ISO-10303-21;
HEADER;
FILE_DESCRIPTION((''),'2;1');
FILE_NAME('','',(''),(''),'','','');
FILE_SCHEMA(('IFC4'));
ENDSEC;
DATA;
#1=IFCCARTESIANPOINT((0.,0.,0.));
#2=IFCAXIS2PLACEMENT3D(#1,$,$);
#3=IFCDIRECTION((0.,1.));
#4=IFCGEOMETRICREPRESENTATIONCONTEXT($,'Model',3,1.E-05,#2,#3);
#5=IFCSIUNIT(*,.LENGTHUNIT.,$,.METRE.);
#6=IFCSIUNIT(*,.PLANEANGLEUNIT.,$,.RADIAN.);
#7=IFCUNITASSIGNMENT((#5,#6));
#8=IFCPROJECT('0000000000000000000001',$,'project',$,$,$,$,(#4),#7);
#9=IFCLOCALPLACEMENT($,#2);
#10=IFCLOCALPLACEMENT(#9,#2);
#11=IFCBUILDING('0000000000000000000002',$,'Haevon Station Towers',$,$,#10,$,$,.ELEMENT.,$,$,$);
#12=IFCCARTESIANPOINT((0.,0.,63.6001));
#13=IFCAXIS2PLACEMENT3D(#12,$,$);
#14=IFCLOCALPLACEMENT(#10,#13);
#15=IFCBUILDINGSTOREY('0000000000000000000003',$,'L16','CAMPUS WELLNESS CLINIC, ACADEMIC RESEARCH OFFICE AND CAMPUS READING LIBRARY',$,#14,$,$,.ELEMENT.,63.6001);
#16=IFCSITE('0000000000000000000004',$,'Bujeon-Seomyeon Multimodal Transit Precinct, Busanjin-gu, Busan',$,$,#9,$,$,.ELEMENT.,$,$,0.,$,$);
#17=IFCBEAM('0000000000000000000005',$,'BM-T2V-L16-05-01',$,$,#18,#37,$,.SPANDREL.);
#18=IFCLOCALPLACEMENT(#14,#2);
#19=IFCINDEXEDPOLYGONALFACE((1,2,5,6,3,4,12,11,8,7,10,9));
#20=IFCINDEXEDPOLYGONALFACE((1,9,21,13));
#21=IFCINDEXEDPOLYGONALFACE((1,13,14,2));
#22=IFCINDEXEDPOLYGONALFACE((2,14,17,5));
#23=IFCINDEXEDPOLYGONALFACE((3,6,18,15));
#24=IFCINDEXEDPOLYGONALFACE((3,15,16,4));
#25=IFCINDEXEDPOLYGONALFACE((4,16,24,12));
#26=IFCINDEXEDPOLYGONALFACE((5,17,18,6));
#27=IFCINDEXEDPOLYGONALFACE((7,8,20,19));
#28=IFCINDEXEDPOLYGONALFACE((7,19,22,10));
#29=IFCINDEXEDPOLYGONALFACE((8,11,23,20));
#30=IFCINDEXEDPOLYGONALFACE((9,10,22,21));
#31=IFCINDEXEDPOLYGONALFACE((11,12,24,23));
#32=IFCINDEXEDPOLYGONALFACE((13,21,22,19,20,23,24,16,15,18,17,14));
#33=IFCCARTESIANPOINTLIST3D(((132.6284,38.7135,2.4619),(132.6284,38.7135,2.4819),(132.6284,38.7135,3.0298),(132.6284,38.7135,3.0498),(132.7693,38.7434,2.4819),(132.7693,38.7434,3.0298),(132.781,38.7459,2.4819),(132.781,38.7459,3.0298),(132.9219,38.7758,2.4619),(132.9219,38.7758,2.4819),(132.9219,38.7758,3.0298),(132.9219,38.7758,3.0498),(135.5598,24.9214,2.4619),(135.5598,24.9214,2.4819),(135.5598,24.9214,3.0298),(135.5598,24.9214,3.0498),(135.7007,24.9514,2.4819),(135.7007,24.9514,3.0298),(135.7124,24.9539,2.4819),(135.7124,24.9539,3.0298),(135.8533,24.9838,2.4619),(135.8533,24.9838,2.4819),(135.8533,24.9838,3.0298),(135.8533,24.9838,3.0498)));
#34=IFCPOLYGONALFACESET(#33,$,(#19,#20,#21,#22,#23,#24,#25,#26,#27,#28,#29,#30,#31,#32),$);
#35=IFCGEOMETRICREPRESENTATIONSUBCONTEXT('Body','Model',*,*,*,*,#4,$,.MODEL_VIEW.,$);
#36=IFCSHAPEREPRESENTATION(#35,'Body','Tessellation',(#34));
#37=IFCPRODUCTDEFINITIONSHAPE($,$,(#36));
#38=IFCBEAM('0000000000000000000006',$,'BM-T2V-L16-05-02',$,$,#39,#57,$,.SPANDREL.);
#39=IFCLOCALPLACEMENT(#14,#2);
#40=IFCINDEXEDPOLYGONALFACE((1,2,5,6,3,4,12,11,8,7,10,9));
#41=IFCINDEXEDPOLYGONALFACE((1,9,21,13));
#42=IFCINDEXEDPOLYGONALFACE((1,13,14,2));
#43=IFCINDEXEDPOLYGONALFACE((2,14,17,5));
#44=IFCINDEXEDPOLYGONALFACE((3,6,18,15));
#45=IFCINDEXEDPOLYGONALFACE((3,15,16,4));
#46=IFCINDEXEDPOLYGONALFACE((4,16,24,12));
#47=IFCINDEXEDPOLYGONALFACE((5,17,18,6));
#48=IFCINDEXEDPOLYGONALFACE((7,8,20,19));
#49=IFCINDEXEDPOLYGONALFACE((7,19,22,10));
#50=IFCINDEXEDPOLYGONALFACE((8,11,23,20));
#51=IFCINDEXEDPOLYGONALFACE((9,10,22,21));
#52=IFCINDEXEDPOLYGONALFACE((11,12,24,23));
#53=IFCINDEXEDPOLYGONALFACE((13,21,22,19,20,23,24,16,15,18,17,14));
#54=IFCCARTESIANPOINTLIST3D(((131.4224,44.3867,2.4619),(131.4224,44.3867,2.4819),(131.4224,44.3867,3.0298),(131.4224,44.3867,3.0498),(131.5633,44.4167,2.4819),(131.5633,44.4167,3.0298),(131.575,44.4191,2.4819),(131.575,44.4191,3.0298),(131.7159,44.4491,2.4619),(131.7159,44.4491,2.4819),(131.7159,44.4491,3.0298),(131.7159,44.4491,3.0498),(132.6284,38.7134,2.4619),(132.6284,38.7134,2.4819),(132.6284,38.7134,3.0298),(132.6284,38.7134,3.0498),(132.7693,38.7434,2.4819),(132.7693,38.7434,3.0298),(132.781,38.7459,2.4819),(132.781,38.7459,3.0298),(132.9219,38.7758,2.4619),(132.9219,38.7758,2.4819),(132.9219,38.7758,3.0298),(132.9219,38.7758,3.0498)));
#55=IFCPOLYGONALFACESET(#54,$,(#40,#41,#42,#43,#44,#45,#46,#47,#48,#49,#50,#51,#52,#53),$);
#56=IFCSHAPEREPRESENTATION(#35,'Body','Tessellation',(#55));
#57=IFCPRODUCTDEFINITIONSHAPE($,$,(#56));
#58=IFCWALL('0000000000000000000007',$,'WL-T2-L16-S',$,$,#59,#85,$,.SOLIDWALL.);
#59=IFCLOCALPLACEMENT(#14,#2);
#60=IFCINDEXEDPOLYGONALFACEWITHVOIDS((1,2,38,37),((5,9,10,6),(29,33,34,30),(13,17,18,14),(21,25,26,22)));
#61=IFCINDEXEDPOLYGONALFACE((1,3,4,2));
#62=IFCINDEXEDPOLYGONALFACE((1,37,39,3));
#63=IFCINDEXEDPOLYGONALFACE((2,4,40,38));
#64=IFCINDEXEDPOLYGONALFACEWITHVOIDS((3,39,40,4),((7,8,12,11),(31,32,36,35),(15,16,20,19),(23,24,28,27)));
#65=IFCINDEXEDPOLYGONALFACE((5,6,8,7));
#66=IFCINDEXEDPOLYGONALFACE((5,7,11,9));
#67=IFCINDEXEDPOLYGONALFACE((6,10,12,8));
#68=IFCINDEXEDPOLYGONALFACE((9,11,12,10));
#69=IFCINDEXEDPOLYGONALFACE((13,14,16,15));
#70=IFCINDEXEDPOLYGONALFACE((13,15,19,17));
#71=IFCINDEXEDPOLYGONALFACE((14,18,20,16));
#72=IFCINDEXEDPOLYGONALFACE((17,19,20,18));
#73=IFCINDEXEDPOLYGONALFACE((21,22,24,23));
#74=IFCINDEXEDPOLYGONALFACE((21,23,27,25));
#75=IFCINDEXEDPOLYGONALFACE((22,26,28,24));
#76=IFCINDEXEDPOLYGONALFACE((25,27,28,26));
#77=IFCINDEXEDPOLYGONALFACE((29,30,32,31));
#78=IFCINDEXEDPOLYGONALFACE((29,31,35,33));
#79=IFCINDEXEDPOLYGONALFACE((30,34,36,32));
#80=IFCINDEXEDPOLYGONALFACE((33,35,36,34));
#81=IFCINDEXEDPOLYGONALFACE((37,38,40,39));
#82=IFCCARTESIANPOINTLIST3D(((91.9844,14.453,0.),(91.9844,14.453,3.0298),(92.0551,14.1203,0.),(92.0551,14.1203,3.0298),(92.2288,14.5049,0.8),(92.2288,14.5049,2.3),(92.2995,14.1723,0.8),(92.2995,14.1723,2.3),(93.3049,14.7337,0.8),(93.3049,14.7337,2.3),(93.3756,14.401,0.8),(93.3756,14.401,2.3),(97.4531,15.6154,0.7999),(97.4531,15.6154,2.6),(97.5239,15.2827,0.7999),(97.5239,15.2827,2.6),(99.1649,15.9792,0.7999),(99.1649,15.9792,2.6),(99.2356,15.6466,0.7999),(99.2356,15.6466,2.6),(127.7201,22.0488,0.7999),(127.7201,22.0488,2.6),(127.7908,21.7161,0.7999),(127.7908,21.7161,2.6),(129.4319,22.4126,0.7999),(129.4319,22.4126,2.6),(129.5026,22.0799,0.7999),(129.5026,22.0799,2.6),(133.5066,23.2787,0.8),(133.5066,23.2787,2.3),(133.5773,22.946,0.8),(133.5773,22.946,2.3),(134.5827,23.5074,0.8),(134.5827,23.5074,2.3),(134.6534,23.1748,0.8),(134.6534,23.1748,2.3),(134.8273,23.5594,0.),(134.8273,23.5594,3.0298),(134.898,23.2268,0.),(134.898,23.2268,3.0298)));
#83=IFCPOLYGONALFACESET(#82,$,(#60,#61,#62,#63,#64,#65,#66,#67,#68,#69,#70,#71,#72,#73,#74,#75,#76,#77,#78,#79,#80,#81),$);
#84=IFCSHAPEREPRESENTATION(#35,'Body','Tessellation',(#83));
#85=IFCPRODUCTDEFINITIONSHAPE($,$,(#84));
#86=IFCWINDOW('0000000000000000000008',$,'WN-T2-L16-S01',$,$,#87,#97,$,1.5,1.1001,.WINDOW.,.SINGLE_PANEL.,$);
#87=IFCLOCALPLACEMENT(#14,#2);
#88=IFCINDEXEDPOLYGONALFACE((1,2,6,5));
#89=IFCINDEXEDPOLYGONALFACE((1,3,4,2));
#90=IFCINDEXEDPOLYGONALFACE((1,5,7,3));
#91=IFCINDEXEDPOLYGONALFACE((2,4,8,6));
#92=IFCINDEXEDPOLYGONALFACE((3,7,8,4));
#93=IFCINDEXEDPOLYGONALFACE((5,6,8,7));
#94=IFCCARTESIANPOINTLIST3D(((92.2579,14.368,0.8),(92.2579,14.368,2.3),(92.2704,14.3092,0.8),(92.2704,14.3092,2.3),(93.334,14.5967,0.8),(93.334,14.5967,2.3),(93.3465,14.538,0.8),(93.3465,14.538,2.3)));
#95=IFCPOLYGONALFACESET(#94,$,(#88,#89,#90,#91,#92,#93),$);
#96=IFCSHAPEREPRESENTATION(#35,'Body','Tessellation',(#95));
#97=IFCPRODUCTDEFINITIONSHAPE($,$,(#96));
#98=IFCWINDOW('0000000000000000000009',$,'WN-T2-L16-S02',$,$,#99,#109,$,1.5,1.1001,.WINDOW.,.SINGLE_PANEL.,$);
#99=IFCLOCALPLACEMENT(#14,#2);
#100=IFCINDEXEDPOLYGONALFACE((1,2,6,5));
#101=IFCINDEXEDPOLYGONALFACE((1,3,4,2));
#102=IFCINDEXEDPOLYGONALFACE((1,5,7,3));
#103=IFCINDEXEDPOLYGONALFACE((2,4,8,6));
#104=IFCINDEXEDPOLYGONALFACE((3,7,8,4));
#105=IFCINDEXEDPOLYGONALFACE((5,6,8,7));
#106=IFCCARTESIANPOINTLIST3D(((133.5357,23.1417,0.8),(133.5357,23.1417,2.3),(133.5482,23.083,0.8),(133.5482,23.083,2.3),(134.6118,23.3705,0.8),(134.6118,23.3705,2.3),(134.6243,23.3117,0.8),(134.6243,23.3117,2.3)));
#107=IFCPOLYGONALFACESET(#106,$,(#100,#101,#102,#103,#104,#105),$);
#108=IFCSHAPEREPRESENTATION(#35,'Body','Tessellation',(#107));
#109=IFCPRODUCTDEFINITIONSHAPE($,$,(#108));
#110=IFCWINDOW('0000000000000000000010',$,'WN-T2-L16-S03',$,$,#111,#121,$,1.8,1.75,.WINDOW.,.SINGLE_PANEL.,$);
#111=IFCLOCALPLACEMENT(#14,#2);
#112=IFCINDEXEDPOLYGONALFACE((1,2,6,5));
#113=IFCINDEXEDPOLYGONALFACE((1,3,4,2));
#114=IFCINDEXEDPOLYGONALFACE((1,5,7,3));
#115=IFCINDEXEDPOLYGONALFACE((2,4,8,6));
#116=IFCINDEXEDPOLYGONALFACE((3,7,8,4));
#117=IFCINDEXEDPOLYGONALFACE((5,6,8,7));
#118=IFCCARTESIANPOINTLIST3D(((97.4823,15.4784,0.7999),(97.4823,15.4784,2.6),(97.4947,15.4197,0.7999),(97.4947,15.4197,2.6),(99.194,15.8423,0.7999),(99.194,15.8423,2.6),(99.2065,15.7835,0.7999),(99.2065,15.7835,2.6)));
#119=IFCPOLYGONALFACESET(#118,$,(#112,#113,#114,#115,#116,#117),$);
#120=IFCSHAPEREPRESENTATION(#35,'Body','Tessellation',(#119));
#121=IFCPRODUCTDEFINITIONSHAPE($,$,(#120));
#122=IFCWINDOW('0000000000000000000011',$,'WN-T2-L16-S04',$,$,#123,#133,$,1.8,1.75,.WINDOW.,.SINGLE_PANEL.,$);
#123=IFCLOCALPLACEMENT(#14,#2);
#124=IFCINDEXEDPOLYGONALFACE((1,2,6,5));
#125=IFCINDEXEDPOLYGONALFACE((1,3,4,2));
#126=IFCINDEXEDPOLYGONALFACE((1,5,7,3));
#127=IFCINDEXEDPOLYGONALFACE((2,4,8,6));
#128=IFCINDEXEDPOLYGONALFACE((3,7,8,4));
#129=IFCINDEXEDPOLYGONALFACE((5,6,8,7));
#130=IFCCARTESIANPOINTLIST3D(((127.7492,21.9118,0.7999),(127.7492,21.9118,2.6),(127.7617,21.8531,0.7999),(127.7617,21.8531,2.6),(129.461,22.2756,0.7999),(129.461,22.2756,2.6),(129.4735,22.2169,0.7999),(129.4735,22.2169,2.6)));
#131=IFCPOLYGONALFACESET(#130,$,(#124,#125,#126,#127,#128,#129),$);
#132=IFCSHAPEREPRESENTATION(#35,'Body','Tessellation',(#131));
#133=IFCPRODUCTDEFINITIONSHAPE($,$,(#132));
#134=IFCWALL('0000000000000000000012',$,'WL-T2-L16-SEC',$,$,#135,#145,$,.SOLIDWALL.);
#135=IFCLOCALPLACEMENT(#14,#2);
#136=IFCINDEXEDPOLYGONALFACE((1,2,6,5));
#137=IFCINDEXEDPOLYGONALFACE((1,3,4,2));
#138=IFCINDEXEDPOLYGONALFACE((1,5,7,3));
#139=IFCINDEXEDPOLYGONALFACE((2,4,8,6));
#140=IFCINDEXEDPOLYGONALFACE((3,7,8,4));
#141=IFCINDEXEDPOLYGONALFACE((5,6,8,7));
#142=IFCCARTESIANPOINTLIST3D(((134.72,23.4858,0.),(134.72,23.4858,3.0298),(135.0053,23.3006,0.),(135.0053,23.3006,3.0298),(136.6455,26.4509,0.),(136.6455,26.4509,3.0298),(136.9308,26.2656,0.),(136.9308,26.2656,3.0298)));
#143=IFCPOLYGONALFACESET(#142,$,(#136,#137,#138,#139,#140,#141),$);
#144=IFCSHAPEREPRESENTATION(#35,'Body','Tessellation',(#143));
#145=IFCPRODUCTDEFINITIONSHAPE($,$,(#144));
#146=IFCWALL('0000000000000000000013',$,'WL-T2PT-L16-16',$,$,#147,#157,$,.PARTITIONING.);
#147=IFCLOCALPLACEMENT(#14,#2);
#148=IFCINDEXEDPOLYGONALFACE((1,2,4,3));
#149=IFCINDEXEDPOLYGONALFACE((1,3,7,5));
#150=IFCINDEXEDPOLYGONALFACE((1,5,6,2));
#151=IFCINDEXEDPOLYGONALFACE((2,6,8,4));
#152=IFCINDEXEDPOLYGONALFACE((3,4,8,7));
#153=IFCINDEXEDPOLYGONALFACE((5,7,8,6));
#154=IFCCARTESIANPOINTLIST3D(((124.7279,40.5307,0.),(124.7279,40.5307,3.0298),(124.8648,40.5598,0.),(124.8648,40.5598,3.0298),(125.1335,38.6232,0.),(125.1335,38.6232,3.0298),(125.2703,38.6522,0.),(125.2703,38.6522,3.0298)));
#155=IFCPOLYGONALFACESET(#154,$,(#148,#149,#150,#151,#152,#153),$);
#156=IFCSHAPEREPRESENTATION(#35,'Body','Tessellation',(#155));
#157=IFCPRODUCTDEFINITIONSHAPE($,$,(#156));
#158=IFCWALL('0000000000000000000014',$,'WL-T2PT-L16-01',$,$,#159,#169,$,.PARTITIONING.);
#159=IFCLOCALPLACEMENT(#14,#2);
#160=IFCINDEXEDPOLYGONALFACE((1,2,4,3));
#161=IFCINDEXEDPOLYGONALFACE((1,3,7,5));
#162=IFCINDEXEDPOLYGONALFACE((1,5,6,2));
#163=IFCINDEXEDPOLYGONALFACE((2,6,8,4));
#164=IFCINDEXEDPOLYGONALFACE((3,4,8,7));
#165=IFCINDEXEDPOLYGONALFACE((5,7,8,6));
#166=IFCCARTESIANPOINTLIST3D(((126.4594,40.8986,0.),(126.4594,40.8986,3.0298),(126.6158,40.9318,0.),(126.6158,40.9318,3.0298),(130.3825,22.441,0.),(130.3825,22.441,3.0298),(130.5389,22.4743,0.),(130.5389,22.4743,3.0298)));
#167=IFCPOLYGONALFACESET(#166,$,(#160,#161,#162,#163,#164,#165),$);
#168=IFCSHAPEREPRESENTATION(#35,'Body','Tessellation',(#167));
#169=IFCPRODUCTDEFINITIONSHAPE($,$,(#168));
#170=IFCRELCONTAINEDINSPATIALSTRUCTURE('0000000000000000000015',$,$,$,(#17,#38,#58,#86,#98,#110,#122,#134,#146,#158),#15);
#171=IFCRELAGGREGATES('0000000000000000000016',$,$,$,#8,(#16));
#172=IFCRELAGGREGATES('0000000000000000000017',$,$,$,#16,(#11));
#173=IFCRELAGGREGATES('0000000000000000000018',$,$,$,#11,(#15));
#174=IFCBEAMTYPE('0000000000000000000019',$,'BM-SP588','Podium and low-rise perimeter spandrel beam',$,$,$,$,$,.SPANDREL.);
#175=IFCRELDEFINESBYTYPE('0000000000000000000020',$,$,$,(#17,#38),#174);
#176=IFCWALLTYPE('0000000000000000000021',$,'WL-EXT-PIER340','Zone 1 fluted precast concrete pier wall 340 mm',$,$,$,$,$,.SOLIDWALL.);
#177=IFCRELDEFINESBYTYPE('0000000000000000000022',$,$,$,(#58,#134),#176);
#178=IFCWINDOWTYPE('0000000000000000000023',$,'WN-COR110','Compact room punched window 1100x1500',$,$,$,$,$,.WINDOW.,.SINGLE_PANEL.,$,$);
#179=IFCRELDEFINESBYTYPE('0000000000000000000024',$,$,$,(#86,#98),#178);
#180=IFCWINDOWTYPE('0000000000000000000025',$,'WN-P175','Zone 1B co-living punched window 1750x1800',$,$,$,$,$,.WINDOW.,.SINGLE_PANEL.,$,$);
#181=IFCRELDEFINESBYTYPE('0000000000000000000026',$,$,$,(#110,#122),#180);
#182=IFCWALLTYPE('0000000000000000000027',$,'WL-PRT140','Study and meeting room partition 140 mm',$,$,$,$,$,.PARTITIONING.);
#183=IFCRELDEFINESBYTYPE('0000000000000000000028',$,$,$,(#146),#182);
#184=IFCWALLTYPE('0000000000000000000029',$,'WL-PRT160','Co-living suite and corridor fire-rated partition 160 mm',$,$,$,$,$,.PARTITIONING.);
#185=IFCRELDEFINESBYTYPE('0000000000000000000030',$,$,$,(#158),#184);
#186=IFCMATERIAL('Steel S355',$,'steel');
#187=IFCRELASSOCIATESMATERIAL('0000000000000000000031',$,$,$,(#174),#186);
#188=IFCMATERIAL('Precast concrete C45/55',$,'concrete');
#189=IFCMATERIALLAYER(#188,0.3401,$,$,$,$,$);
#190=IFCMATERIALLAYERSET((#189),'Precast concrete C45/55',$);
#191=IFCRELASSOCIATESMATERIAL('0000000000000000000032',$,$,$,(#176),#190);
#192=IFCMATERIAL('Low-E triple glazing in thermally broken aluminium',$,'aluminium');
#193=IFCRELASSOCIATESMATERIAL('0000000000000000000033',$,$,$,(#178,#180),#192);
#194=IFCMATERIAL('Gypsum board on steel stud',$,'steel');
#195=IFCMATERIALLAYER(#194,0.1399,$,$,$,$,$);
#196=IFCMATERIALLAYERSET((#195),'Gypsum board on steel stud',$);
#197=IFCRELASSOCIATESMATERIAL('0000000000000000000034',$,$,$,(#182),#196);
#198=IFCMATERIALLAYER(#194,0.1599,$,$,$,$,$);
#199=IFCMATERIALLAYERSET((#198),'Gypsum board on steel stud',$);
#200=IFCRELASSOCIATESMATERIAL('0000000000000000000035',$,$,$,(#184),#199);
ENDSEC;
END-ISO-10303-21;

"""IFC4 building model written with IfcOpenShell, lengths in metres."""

from ifc_helpers import new_model, si_unit, direction, frame, frame_2d, origin, origin_2d, place, context, subcontext, project, spatial, rectangle, i_section, extrude, material, layer, layer_set, material_profile, profile_set, type_object, element, fill, save


model = new_model("IFC4")

# Units and contexts
model_context = context("Model", 3, precision=1e-05, world=origin(), true_north=direction((0.0, 1.0)))
body_context = subcontext(model_context, "Body", "Model", "MODEL_VIEW")
ifc_project = project(units=[si_unit("LENGTHUNIT", "METRE"), si_unit("PLANEANGLEUNIT", "RADIAN")], contexts=[model_context])

# Site, building, storey
site_placement = place(None, origin())
site = spatial("IfcSite", under=ifc_project, at=site_placement, Name="Bujeon-Seomyeon Multimodal Transit Precinct, Busanjin-gu, Busan", CompositionType="ELEMENT", RefElevation=0.0)
building_placement = place(site_placement, origin())
building = spatial("IfcBuilding", under=site, at=building_placement, Name="Haevon Station Towers", CompositionType="ELEMENT")
storey_placement = place(building_placement, frame((0.0, 0.0, 63.6001)))
storey = spatial("IfcBuildingStorey", under=building, at=storey_placement, Name="L16", Description="CAMPUS WELLNESS CLINIC, ACADEMIC RESEARCH OFFICE AND CAMPUS READING LIBRARY", CompositionType="ELEMENT", Elevation=63.6001)

# Beams
ifc_material_1 = material(Name="Steel S355", Category="steel")
ifc_material_profile_1 = material_profile(ifc_material_1, i_section(OverallWidth=0.3, OverallDepth=0.5879, WebThickness=0.012, FlangeThickness=0.02, at=origin_2d()), Name="H-588x300x12x20")
ifc_profile_set_1 = profile_set([ifc_material_profile_1], Name="Steel S355")
beam_type_1 = type_object("IfcBeamType", Name="BM-SP588", Description="Podium and low-rise perimeter spandrel beam", PredefinedType="SPANDREL", material=ifc_profile_set_1)
beam_1_placement = place(storey_placement, frame((135.7065, 24.9526, 2.7559), z_axis=(-0.207899, 0.97815, 0.0), x_axis=(-0.97815, -0.207899, 0.0)))
element("IfcBeam", 1, at=beam_1_placement, inside=storey, type_object=beam_type_1, Name="BM-T2V-L16-05-01", PredefinedType="SPANDREL", context=body_context, shape_type="SweptSolid", body=[
    extrude(i_section(OverallWidth=0.3, OverallDepth=0.5879, WebThickness=0.012, FlangeThickness=0.02, at=origin_2d()), origin(), (0.0, 0.0, 1.0), 14.1001),
])
beam_2_placement = place(storey_placement, frame((132.7751, 38.7446, 2.7559), z_axis=(-0.207936, 0.978142, 0.0), x_axis=(-0.978142, -0.207936, 0.0)))
element("IfcBeam", 2, at=beam_2_placement, inside=storey, type_object=beam_type_1, Name="BM-T2V-L16-05-02", PredefinedType="SPANDREL", context=body_context, shape_type="SweptSolid", body=[
    extrude(i_section(OverallWidth=0.3, OverallDepth=0.5879, WebThickness=0.012, FlangeThickness=0.02, at=origin_2d()), origin(), (0.0, 0.0, 1.0), 5.8),
])

# Wall, openings, windows
ifc_material_2 = material(Name="Precast concrete C45/55", Category="concrete")
ifc_layer_1 = layer(ifc_material_2, 0.3401)
ifc_layer_set_1 = layer_set([ifc_layer_1], Name="Precast concrete C45/55")
wall_type_1 = type_object("IfcWallType", Name="WL-EXT-PIER340", Description="Zone 1 fluted precast concrete pier wall 340 mm", PredefinedType="SOLIDWALL", material=ifc_layer_set_1)
wall_1_placement = place(storey_placement, frame((134.8625, 23.3931, 0.0), z_axis=(0.0, 0.0, 1.0), x_axis=(-0.978148, -0.207909, 0.0)))
wall_1 = element("IfcWall", 3, at=wall_1_placement, inside=storey, type_object=wall_type_1, Name="WL-T2-L16-S", PredefinedType="SOLIDWALL", context=body_context, shape_type="SweptSolid", body=[
    extrude(rectangle(XDim=43.8, YDim=0.3401, at=frame_2d((21.8999, 0.0))), origin(), (0.0, 0.0, 1.0), 3.0298),
])
opening_1_placement = place(wall_1_placement, frame((42.45, 0.0, 0.8)))
opening_1 = element("IfcOpeningElement", 4, at=opening_1_placement, cuts=wall_1, PredefinedType="OPENING", context=body_context, shape_type="SweptSolid", body=[
    extrude(rectangle(XDim=1.1001, YDim=1.5, at=frame_2d((0.55, 0.75))), frame((0.0, 0.1799, 0.0), z_axis=(0.0, -1.0, 0.0), x_axis=(1.0, 0.0, 0.0)), (0.0, 0.0, 1.0), 0.3601),
])
opening_2_placement = place(wall_1_placement, frame((0.25, 0.0, 0.8)))
opening_2 = element("IfcOpeningElement", 5, at=opening_2_placement, cuts=wall_1, PredefinedType="OPENING", context=body_context, shape_type="SweptSolid", body=[
    extrude(rectangle(XDim=1.1001, YDim=1.5, at=frame_2d((0.55, 0.75))), frame((0.0, 0.1799, 0.0), z_axis=(0.0, -1.0, 0.0), x_axis=(1.0, 0.0, 0.0)), (0.0, 0.0, 1.0), 0.3601),
])
opening_3_placement = place(wall_1_placement, frame((36.459, 0.0, 0.8)))
opening_3 = element("IfcOpeningElement", 6, at=opening_3_placement, cuts=wall_1, PredefinedType="OPENING", context=body_context, shape_type="SweptSolid", body=[
    extrude(rectangle(XDim=1.75, YDim=1.8, at=frame_2d((0.875, 0.8999))), frame((0.0, 0.1799, 0.0), z_axis=(0.0, -1.0, 0.0), x_axis=(1.0, 0.0, 0.0)), (0.0, 0.0, 1.0), 0.3601),
])
opening_4_placement = place(wall_1_placement, frame((5.5159, 0.0, 0.8)))
opening_4 = element("IfcOpeningElement", 7, at=opening_4_placement, cuts=wall_1, PredefinedType="OPENING", context=body_context, shape_type="SweptSolid", body=[
    extrude(rectangle(XDim=1.75, YDim=1.8, at=frame_2d((0.875, 0.8999))), frame((0.0, 0.1799, 0.0), z_axis=(0.0, -1.0, 0.0), x_axis=(1.0, 0.0, 0.0)), (0.0, 0.0, 1.0), 0.3601),
])
ifc_material_3 = material(Name="Low-E triple glazing in thermally broken aluminium", Category="aluminium")
window_type_1 = type_object("IfcWindowType", Name="WN-COR110", Description="Compact room punched window 1100x1500", PartitioningType="SINGLE_PANEL", PredefinedType="WINDOW", material=ifc_material_3)
window_1_placement = place(opening_1_placement, origin())
window_1 = element("IfcWindow", 8, at=window_1_placement, inside=storey, type_object=window_type_1, Name="WN-T2-L16-S01", OverallHeight=1.5, OverallWidth=1.1001, PartitioningType="SINGLE_PANEL", PredefinedType="WINDOW", context=body_context, shape_type="SweptSolid", body=[
    extrude(rectangle(XDim=1.1001, YDim=1.5, at=frame_2d((0.55, 0.75))), frame((0.0, 0.03, 0.0), z_axis=(0.0, -1.0, 0.0), x_axis=(1.0, 0.0, 0.0)), (0.0, 0.0, 1.0), 0.0601),
])
fill(opening_1, window_1)
window_2_placement = place(opening_2_placement, origin())
window_2 = element("IfcWindow", 9, at=window_2_placement, inside=storey, type_object=window_type_1, Name="WN-T2-L16-S02", OverallHeight=1.5, OverallWidth=1.1001, PartitioningType="SINGLE_PANEL", PredefinedType="WINDOW", context=body_context, shape_type="SweptSolid", body=[
    extrude(rectangle(XDim=1.1001, YDim=1.5, at=frame_2d((0.55, 0.75))), frame((0.0, 0.03, 0.0), z_axis=(0.0, -1.0, 0.0), x_axis=(1.0, 0.0, 0.0)), (0.0, 0.0, 1.0), 0.0601),
])
fill(opening_2, window_2)
window_type_2 = type_object("IfcWindowType", Name="WN-P175", Description="Zone 1B co-living punched window 1750x1800", PartitioningType="SINGLE_PANEL", PredefinedType="WINDOW", material=ifc_material_3)
window_3_placement = place(opening_3_placement, origin())
window_3 = element("IfcWindow", 10, at=window_3_placement, inside=storey, type_object=window_type_2, Name="WN-T2-L16-S03", OverallHeight=1.8, OverallWidth=1.75, PartitioningType="SINGLE_PANEL", PredefinedType="WINDOW", context=body_context, shape_type="SweptSolid", body=[
    extrude(rectangle(XDim=1.75, YDim=1.8, at=frame_2d((0.875, 0.8999))), frame((0.0, 0.03, 0.0), z_axis=(0.0, -1.0, 0.0), x_axis=(1.0, 0.0, 0.0)), (0.0, 0.0, 1.0), 0.0601),
])
fill(opening_3, window_3)
window_4_placement = place(opening_4_placement, origin())
window_4 = element("IfcWindow", 11, at=window_4_placement, inside=storey, type_object=window_type_2, Name="WN-T2-L16-S04", OverallHeight=1.8, OverallWidth=1.75, PartitioningType="SINGLE_PANEL", PredefinedType="WINDOW", context=body_context, shape_type="SweptSolid", body=[
    extrude(rectangle(XDim=1.75, YDim=1.8, at=frame_2d((0.875, 0.8999))), frame((0.0, 0.03, 0.0), z_axis=(0.0, -1.0, 0.0), x_axis=(1.0, 0.0, 0.0)), (0.0, 0.0, 1.0), 0.0601),
])
fill(opening_4, window_4)

# Walls
wall_2_placement = place(storey_placement, frame((136.7881, 26.3582, 0.0), z_axis=(0.0, 0.0, 1.0), x_axis=(-0.544636, -0.838672, 0.0)))
element("IfcWall", 12, at=wall_2_placement, inside=storey, type_object=wall_type_1, Name="WL-T2-L16-SEC", PredefinedType="SOLIDWALL", context=body_context, shape_type="SweptSolid", body=[
    extrude(rectangle(XDim=3.5354, YDim=0.3401, at=frame_2d((1.7676, 0.0))), origin(), (0.0, 0.0, 1.0), 3.0298),
])
ifc_material_4 = material(Name="Gypsum board on steel stud", Category="steel")
ifc_layer_2 = layer(ifc_material_4, 0.1399)
ifc_layer_set_2 = layer_set([ifc_layer_2], Name="Gypsum board on steel stud")
wall_type_2 = type_object("IfcWallType", Name="WL-PRT140", Description="Study and meeting room partition 140 mm", PredefinedType="PARTITIONING", material=ifc_layer_set_2)
wall_3_placement = place(storey_placement, frame((125.2019, 38.6377, 0.0), z_axis=(0.0, 0.0, 1.0), x_axis=(-0.207947, 0.97814, 0.0)))
element("IfcWall", 13, at=wall_3_placement, inside=storey, type_object=wall_type_2, Name="WL-T2PT-L16-16", PredefinedType="PARTITIONING", context=body_context, shape_type="SweptSolid", body=[
    extrude(rectangle(XDim=1.9502, YDim=0.1399, at=frame_2d((0.9751, 0.0))), origin(), (0.0, 0.0, 1.0), 3.0298),
])
ifc_layer_3 = layer(ifc_material_4, 0.1599)
ifc_layer_set_3 = layer_set([ifc_layer_3], Name="Gypsum board on steel stud")
wall_type_3 = type_object("IfcWallType", Name="WL-PRT160", Description="Co-living suite and corridor fire-rated partition 160 mm", PredefinedType="PARTITIONING", material=ifc_layer_set_3)
wall_4_placement = place(storey_placement, frame((130.4607, 22.4575, 0.0), z_axis=(0.0, 0.0, 1.0), x_axis=(-0.207903, 0.978149, 0.0)))
element("IfcWall", 14, at=wall_4_placement, inside=storey, type_object=wall_type_3, Name="WL-T2PT-L16-01", PredefinedType="PARTITIONING", context=body_context, shape_type="SweptSolid", body=[
    extrude(rectangle(XDim=18.8699, YDim=0.1599, at=frame_2d((9.4351, 0.0))), origin(), (0.0, 0.0, 1.0), 3.0298),
])

save(model, "model.ifc")
